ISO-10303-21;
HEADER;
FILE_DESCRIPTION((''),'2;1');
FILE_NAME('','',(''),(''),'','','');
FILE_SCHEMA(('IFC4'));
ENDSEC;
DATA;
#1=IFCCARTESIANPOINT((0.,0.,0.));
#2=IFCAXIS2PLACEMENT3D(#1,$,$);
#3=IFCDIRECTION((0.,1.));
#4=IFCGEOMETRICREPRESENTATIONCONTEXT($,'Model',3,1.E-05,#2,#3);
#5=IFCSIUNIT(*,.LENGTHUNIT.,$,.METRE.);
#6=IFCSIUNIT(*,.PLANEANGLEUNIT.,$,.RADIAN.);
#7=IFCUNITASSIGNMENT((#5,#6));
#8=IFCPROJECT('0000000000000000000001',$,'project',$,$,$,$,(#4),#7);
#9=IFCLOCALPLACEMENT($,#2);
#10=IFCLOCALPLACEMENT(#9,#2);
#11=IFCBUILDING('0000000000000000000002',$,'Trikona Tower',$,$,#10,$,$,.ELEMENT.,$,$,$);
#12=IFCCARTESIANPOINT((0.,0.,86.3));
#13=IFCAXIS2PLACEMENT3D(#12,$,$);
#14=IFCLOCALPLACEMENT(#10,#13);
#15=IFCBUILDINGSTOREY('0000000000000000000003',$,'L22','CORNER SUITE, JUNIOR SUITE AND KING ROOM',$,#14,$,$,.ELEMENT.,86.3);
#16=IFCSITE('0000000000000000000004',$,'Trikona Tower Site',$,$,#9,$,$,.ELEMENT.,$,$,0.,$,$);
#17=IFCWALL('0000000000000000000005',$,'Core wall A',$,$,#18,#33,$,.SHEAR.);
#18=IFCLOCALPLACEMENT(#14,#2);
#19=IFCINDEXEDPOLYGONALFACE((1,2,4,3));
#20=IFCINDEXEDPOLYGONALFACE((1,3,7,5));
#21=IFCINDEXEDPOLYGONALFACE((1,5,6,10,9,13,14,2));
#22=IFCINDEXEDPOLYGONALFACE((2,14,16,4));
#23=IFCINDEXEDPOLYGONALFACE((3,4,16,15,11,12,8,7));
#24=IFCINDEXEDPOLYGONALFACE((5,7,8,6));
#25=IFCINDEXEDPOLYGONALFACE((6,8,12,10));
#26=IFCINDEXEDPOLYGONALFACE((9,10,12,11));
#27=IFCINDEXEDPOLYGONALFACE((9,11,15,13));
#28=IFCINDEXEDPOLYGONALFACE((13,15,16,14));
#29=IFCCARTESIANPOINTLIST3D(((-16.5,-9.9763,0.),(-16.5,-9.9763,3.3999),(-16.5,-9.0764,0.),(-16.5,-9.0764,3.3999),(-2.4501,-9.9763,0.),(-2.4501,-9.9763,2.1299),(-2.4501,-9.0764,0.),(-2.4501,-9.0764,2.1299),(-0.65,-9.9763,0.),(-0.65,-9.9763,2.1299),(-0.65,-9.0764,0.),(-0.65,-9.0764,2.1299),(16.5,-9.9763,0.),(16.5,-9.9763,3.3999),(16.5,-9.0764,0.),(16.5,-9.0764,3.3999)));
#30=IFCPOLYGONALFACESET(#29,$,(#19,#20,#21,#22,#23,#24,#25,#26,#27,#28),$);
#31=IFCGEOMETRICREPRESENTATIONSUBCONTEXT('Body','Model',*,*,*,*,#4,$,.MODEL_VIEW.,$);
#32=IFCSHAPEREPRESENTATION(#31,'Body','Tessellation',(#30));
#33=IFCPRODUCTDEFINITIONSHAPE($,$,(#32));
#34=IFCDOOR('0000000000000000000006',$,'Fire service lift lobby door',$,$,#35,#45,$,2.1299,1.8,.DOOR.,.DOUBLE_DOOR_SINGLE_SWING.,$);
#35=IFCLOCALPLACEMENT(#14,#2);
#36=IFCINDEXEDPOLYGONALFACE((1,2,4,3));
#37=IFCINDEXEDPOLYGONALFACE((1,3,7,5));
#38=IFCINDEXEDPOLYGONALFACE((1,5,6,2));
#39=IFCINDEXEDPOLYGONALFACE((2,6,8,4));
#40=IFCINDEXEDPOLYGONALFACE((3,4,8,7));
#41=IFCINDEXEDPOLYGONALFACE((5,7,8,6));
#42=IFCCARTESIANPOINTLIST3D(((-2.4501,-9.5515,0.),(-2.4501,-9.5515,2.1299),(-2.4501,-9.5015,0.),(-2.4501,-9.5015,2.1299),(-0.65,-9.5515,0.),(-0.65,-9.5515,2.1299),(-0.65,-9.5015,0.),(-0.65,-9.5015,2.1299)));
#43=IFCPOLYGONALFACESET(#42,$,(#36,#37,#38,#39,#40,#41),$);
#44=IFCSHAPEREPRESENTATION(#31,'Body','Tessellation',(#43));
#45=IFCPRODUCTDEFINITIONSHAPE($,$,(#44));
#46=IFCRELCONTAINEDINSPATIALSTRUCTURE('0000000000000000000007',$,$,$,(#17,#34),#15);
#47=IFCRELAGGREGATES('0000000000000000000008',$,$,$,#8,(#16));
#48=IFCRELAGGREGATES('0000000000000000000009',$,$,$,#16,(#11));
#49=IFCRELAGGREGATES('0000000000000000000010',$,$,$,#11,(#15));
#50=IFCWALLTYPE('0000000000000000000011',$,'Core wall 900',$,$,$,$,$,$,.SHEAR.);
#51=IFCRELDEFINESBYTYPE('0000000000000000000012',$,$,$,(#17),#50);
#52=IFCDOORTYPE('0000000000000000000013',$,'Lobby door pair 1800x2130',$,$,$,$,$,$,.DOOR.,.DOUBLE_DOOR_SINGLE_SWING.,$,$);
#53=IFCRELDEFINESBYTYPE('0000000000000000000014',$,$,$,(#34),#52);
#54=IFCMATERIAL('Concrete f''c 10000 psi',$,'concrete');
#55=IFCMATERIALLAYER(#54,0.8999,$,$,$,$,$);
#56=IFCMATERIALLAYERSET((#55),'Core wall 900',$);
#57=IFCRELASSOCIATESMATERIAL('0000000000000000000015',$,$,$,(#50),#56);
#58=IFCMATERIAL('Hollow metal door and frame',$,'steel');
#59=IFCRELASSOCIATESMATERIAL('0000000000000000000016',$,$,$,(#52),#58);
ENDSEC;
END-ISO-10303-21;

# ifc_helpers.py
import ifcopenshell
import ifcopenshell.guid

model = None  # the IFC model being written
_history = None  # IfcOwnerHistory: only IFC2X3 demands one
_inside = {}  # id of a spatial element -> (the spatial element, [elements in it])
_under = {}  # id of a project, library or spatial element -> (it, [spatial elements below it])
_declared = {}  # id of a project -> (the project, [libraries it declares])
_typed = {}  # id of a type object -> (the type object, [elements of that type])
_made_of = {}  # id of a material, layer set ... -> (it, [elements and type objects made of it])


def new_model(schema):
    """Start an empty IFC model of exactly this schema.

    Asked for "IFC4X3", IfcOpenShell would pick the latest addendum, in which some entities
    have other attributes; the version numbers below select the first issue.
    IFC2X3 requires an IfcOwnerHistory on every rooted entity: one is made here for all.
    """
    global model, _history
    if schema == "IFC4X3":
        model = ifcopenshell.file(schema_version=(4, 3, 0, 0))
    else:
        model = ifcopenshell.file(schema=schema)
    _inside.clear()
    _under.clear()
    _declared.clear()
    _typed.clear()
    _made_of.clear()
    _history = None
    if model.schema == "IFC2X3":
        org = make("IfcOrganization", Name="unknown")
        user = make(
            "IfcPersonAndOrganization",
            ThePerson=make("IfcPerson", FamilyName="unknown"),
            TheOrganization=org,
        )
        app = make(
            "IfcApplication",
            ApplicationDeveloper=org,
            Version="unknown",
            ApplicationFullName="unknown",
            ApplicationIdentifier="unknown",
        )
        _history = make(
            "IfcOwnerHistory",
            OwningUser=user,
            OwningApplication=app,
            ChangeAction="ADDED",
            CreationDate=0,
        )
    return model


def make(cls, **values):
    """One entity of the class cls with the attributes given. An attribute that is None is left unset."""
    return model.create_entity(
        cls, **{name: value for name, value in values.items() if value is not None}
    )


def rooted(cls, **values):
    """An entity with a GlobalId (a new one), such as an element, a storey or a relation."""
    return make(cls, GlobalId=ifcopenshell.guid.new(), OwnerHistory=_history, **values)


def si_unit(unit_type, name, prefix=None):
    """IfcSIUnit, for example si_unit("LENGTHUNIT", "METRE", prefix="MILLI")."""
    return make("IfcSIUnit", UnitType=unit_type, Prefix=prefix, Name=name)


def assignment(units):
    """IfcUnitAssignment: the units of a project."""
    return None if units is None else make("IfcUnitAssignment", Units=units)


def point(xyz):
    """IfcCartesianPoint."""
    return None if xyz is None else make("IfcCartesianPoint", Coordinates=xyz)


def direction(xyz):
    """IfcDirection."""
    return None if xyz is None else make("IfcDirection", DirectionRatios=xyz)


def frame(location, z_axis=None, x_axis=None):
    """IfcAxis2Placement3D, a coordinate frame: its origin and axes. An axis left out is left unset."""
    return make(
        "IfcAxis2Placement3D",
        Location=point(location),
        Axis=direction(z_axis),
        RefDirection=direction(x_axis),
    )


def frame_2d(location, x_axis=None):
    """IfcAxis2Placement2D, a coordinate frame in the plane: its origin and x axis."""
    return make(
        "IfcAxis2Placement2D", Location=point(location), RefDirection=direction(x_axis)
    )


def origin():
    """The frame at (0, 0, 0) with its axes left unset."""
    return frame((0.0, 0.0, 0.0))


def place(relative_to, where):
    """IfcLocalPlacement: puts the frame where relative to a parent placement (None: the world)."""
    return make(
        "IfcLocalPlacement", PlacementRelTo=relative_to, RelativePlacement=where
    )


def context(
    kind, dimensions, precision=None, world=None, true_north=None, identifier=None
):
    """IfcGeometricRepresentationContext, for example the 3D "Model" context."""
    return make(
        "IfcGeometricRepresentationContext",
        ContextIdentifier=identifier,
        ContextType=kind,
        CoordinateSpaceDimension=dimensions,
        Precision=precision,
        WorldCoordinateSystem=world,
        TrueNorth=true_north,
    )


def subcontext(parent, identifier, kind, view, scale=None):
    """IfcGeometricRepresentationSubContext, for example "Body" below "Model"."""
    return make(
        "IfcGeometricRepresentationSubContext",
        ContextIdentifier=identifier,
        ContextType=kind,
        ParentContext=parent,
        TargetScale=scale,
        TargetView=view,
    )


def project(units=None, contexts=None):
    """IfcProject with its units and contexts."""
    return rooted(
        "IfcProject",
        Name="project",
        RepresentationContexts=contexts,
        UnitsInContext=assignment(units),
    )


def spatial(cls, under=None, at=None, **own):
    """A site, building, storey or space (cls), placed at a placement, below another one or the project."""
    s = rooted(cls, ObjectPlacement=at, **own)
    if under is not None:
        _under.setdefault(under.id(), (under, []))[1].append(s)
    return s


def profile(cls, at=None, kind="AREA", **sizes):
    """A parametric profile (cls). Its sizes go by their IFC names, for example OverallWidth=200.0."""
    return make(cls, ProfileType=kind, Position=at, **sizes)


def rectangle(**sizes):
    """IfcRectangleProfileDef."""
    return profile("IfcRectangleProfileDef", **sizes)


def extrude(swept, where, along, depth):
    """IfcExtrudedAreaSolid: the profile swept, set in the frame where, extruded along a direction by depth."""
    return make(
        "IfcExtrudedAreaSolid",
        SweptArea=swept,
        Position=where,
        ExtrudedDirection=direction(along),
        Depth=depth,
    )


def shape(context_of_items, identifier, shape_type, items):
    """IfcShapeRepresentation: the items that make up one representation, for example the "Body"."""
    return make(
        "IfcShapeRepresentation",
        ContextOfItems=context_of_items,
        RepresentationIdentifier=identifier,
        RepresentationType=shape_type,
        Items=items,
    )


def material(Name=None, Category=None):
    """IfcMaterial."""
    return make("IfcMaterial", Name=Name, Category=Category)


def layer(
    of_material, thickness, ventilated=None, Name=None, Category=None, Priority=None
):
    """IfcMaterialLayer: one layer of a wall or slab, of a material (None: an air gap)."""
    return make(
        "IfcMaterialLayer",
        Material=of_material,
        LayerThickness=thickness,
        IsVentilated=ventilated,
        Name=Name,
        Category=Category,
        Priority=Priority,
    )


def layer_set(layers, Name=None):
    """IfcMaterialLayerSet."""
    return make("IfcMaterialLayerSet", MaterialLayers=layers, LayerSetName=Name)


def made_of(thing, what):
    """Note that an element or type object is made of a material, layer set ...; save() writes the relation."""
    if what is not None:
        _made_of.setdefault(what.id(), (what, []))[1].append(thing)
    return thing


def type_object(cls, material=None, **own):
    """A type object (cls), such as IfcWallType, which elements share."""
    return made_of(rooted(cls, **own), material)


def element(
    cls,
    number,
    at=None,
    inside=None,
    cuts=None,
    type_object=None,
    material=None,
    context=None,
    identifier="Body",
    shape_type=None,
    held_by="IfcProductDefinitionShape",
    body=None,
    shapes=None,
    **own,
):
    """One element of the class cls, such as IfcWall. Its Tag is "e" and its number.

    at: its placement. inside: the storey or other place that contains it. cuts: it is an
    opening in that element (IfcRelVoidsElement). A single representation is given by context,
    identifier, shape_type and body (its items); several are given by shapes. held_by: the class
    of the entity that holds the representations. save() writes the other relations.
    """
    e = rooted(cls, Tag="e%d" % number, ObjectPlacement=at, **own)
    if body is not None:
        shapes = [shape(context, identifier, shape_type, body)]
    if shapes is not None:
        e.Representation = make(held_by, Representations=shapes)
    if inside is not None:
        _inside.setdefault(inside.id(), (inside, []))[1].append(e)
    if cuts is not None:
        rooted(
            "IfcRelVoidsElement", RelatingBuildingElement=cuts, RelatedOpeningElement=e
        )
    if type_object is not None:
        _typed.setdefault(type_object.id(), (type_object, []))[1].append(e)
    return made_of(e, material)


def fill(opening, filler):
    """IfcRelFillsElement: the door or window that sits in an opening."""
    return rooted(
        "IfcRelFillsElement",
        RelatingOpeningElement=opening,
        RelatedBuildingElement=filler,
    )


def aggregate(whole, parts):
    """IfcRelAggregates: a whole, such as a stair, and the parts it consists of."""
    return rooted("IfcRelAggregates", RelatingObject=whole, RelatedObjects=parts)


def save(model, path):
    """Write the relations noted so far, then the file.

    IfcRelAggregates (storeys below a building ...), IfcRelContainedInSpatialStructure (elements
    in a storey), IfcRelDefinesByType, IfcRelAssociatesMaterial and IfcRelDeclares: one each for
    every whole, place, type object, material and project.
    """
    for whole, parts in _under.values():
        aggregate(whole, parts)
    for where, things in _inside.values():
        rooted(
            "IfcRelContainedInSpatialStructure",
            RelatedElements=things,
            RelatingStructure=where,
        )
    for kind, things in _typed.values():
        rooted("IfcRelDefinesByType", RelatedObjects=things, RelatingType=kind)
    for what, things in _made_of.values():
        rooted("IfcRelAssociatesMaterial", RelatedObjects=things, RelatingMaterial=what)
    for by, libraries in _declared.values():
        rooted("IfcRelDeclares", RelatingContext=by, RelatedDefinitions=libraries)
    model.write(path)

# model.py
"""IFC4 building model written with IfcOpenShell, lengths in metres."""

from ifc_helpers import new_model, si_unit, direction, frame, frame_2d, origin, place, context, subcontext, project, spatial, rectangle, extrude, material, layer, layer_set, type_object, element, fill, save


model = new_model("IFC4")

# Units and contexts
model_context = context("Model", 3, precision=1e-05, world=origin(), true_north=direction((0.0, 1.0)))
body_context = subcontext(model_context, "Body", "Model", "MODEL_VIEW")
ifc_project = project(units=[si_unit("LENGTHUNIT", "METRE"), si_unit("PLANEANGLEUNIT", "RADIAN")], contexts=[model_context])

# Site, building, storey
site_placement = place(None, origin())
site = spatial("IfcSite", under=ifc_project, at=site_placement, Name="Trikona Tower Site", CompositionType="ELEMENT", RefElevation=0.0)
building_placement = place(site_placement, origin())
building = spatial("IfcBuilding", under=site, at=building_placement, Name="Trikona Tower", CompositionType="ELEMENT")
storey_placement = place(building_placement, frame((0.0, 0.0, 86.3)))
storey = spatial("IfcBuildingStorey", under=building, at=storey_placement, Name="L22", Description="CORNER SUITE, JUNIOR SUITE AND KING ROOM", CompositionType="ELEMENT", Elevation=86.3)

# Wall, opening, door
ifc_material_1 = material(Name="Concrete f'c 10000 psi", Category="concrete")
ifc_layer_1 = layer(ifc_material_1, 0.8999)
ifc_layer_set_1 = layer_set([ifc_layer_1], Name="Core wall 900")
wall_type_1 = type_object("IfcWallType", Name="Core wall 900", PredefinedType="SHEAR", material=ifc_layer_set_1)
wall_1_placement = place(storey_placement, frame((-16.5, -9.5264, 0.0), z_axis=(0.0, 0.0, 1.0), x_axis=(1.0, 0.0, 0.0)))
wall_1 = element("IfcWall", 1, at=wall_1_placement, inside=storey, type_object=wall_type_1, Name="Core wall A", PredefinedType="SHEAR", context=body_context, shape_type="SweptSolid", body=[
    extrude(rectangle(XDim=33.0, YDim=0.8999, at=frame_2d((16.5, 0.0))), origin(), (0.0, 0.0, 1.0), 3.3999),
])
opening_1_placement = place(wall_1_placement, frame((14.05, 0.0, 0.0)))
opening_1 = element("IfcOpeningElement", 2, at=opening_1_placement, cuts=wall_1, PredefinedType="OPENING", context=body_context, shape_type="SweptSolid", body=[
    extrude(rectangle(XDim=1.8, YDim=2.1299, at=frame_2d((0.8999, 1.0649))), frame((0.0, 0.46, 0.0), z_axis=(0.0, -1.0, 0.0), x_axis=(1.0, 0.0, 0.0)), (0.0, 0.0, 1.0), 0.9199),
])
ifc_material_2 = material(Name="Hollow metal door and frame", Category="steel")
door_type_1 = type_object("IfcDoorType", Name="Lobby door pair 1800x2130", OperationType="DOUBLE_DOOR_SINGLE_SWING", PredefinedType="DOOR", material=ifc_material_2)
door_1_placement = place(opening_1_placement, origin())
door_1 = element("IfcDoor", 3, at=door_1_placement, inside=storey, type_object=door_type_1, Name="Fire service lift lobby door", OperationType="DOUBLE_DOOR_SINGLE_SWING", OverallHeight=2.1299, OverallWidth=1.8, PredefinedType="DOOR", context=body_context, shape_type="SweptSolid", body=[
    extrude(rectangle(XDim=1.8, YDim=2.1299, at=frame_2d((0.8999, 1.0649))), frame((0.0, 0.0249, 0.0), z_axis=(0.0, -1.0, 0.0), x_axis=(1.0, 0.0, 0.0)), (0.0, 0.0, 1.0), 0.05),
])
fill(opening_1, door_1)

save(model, "model.ifc")
